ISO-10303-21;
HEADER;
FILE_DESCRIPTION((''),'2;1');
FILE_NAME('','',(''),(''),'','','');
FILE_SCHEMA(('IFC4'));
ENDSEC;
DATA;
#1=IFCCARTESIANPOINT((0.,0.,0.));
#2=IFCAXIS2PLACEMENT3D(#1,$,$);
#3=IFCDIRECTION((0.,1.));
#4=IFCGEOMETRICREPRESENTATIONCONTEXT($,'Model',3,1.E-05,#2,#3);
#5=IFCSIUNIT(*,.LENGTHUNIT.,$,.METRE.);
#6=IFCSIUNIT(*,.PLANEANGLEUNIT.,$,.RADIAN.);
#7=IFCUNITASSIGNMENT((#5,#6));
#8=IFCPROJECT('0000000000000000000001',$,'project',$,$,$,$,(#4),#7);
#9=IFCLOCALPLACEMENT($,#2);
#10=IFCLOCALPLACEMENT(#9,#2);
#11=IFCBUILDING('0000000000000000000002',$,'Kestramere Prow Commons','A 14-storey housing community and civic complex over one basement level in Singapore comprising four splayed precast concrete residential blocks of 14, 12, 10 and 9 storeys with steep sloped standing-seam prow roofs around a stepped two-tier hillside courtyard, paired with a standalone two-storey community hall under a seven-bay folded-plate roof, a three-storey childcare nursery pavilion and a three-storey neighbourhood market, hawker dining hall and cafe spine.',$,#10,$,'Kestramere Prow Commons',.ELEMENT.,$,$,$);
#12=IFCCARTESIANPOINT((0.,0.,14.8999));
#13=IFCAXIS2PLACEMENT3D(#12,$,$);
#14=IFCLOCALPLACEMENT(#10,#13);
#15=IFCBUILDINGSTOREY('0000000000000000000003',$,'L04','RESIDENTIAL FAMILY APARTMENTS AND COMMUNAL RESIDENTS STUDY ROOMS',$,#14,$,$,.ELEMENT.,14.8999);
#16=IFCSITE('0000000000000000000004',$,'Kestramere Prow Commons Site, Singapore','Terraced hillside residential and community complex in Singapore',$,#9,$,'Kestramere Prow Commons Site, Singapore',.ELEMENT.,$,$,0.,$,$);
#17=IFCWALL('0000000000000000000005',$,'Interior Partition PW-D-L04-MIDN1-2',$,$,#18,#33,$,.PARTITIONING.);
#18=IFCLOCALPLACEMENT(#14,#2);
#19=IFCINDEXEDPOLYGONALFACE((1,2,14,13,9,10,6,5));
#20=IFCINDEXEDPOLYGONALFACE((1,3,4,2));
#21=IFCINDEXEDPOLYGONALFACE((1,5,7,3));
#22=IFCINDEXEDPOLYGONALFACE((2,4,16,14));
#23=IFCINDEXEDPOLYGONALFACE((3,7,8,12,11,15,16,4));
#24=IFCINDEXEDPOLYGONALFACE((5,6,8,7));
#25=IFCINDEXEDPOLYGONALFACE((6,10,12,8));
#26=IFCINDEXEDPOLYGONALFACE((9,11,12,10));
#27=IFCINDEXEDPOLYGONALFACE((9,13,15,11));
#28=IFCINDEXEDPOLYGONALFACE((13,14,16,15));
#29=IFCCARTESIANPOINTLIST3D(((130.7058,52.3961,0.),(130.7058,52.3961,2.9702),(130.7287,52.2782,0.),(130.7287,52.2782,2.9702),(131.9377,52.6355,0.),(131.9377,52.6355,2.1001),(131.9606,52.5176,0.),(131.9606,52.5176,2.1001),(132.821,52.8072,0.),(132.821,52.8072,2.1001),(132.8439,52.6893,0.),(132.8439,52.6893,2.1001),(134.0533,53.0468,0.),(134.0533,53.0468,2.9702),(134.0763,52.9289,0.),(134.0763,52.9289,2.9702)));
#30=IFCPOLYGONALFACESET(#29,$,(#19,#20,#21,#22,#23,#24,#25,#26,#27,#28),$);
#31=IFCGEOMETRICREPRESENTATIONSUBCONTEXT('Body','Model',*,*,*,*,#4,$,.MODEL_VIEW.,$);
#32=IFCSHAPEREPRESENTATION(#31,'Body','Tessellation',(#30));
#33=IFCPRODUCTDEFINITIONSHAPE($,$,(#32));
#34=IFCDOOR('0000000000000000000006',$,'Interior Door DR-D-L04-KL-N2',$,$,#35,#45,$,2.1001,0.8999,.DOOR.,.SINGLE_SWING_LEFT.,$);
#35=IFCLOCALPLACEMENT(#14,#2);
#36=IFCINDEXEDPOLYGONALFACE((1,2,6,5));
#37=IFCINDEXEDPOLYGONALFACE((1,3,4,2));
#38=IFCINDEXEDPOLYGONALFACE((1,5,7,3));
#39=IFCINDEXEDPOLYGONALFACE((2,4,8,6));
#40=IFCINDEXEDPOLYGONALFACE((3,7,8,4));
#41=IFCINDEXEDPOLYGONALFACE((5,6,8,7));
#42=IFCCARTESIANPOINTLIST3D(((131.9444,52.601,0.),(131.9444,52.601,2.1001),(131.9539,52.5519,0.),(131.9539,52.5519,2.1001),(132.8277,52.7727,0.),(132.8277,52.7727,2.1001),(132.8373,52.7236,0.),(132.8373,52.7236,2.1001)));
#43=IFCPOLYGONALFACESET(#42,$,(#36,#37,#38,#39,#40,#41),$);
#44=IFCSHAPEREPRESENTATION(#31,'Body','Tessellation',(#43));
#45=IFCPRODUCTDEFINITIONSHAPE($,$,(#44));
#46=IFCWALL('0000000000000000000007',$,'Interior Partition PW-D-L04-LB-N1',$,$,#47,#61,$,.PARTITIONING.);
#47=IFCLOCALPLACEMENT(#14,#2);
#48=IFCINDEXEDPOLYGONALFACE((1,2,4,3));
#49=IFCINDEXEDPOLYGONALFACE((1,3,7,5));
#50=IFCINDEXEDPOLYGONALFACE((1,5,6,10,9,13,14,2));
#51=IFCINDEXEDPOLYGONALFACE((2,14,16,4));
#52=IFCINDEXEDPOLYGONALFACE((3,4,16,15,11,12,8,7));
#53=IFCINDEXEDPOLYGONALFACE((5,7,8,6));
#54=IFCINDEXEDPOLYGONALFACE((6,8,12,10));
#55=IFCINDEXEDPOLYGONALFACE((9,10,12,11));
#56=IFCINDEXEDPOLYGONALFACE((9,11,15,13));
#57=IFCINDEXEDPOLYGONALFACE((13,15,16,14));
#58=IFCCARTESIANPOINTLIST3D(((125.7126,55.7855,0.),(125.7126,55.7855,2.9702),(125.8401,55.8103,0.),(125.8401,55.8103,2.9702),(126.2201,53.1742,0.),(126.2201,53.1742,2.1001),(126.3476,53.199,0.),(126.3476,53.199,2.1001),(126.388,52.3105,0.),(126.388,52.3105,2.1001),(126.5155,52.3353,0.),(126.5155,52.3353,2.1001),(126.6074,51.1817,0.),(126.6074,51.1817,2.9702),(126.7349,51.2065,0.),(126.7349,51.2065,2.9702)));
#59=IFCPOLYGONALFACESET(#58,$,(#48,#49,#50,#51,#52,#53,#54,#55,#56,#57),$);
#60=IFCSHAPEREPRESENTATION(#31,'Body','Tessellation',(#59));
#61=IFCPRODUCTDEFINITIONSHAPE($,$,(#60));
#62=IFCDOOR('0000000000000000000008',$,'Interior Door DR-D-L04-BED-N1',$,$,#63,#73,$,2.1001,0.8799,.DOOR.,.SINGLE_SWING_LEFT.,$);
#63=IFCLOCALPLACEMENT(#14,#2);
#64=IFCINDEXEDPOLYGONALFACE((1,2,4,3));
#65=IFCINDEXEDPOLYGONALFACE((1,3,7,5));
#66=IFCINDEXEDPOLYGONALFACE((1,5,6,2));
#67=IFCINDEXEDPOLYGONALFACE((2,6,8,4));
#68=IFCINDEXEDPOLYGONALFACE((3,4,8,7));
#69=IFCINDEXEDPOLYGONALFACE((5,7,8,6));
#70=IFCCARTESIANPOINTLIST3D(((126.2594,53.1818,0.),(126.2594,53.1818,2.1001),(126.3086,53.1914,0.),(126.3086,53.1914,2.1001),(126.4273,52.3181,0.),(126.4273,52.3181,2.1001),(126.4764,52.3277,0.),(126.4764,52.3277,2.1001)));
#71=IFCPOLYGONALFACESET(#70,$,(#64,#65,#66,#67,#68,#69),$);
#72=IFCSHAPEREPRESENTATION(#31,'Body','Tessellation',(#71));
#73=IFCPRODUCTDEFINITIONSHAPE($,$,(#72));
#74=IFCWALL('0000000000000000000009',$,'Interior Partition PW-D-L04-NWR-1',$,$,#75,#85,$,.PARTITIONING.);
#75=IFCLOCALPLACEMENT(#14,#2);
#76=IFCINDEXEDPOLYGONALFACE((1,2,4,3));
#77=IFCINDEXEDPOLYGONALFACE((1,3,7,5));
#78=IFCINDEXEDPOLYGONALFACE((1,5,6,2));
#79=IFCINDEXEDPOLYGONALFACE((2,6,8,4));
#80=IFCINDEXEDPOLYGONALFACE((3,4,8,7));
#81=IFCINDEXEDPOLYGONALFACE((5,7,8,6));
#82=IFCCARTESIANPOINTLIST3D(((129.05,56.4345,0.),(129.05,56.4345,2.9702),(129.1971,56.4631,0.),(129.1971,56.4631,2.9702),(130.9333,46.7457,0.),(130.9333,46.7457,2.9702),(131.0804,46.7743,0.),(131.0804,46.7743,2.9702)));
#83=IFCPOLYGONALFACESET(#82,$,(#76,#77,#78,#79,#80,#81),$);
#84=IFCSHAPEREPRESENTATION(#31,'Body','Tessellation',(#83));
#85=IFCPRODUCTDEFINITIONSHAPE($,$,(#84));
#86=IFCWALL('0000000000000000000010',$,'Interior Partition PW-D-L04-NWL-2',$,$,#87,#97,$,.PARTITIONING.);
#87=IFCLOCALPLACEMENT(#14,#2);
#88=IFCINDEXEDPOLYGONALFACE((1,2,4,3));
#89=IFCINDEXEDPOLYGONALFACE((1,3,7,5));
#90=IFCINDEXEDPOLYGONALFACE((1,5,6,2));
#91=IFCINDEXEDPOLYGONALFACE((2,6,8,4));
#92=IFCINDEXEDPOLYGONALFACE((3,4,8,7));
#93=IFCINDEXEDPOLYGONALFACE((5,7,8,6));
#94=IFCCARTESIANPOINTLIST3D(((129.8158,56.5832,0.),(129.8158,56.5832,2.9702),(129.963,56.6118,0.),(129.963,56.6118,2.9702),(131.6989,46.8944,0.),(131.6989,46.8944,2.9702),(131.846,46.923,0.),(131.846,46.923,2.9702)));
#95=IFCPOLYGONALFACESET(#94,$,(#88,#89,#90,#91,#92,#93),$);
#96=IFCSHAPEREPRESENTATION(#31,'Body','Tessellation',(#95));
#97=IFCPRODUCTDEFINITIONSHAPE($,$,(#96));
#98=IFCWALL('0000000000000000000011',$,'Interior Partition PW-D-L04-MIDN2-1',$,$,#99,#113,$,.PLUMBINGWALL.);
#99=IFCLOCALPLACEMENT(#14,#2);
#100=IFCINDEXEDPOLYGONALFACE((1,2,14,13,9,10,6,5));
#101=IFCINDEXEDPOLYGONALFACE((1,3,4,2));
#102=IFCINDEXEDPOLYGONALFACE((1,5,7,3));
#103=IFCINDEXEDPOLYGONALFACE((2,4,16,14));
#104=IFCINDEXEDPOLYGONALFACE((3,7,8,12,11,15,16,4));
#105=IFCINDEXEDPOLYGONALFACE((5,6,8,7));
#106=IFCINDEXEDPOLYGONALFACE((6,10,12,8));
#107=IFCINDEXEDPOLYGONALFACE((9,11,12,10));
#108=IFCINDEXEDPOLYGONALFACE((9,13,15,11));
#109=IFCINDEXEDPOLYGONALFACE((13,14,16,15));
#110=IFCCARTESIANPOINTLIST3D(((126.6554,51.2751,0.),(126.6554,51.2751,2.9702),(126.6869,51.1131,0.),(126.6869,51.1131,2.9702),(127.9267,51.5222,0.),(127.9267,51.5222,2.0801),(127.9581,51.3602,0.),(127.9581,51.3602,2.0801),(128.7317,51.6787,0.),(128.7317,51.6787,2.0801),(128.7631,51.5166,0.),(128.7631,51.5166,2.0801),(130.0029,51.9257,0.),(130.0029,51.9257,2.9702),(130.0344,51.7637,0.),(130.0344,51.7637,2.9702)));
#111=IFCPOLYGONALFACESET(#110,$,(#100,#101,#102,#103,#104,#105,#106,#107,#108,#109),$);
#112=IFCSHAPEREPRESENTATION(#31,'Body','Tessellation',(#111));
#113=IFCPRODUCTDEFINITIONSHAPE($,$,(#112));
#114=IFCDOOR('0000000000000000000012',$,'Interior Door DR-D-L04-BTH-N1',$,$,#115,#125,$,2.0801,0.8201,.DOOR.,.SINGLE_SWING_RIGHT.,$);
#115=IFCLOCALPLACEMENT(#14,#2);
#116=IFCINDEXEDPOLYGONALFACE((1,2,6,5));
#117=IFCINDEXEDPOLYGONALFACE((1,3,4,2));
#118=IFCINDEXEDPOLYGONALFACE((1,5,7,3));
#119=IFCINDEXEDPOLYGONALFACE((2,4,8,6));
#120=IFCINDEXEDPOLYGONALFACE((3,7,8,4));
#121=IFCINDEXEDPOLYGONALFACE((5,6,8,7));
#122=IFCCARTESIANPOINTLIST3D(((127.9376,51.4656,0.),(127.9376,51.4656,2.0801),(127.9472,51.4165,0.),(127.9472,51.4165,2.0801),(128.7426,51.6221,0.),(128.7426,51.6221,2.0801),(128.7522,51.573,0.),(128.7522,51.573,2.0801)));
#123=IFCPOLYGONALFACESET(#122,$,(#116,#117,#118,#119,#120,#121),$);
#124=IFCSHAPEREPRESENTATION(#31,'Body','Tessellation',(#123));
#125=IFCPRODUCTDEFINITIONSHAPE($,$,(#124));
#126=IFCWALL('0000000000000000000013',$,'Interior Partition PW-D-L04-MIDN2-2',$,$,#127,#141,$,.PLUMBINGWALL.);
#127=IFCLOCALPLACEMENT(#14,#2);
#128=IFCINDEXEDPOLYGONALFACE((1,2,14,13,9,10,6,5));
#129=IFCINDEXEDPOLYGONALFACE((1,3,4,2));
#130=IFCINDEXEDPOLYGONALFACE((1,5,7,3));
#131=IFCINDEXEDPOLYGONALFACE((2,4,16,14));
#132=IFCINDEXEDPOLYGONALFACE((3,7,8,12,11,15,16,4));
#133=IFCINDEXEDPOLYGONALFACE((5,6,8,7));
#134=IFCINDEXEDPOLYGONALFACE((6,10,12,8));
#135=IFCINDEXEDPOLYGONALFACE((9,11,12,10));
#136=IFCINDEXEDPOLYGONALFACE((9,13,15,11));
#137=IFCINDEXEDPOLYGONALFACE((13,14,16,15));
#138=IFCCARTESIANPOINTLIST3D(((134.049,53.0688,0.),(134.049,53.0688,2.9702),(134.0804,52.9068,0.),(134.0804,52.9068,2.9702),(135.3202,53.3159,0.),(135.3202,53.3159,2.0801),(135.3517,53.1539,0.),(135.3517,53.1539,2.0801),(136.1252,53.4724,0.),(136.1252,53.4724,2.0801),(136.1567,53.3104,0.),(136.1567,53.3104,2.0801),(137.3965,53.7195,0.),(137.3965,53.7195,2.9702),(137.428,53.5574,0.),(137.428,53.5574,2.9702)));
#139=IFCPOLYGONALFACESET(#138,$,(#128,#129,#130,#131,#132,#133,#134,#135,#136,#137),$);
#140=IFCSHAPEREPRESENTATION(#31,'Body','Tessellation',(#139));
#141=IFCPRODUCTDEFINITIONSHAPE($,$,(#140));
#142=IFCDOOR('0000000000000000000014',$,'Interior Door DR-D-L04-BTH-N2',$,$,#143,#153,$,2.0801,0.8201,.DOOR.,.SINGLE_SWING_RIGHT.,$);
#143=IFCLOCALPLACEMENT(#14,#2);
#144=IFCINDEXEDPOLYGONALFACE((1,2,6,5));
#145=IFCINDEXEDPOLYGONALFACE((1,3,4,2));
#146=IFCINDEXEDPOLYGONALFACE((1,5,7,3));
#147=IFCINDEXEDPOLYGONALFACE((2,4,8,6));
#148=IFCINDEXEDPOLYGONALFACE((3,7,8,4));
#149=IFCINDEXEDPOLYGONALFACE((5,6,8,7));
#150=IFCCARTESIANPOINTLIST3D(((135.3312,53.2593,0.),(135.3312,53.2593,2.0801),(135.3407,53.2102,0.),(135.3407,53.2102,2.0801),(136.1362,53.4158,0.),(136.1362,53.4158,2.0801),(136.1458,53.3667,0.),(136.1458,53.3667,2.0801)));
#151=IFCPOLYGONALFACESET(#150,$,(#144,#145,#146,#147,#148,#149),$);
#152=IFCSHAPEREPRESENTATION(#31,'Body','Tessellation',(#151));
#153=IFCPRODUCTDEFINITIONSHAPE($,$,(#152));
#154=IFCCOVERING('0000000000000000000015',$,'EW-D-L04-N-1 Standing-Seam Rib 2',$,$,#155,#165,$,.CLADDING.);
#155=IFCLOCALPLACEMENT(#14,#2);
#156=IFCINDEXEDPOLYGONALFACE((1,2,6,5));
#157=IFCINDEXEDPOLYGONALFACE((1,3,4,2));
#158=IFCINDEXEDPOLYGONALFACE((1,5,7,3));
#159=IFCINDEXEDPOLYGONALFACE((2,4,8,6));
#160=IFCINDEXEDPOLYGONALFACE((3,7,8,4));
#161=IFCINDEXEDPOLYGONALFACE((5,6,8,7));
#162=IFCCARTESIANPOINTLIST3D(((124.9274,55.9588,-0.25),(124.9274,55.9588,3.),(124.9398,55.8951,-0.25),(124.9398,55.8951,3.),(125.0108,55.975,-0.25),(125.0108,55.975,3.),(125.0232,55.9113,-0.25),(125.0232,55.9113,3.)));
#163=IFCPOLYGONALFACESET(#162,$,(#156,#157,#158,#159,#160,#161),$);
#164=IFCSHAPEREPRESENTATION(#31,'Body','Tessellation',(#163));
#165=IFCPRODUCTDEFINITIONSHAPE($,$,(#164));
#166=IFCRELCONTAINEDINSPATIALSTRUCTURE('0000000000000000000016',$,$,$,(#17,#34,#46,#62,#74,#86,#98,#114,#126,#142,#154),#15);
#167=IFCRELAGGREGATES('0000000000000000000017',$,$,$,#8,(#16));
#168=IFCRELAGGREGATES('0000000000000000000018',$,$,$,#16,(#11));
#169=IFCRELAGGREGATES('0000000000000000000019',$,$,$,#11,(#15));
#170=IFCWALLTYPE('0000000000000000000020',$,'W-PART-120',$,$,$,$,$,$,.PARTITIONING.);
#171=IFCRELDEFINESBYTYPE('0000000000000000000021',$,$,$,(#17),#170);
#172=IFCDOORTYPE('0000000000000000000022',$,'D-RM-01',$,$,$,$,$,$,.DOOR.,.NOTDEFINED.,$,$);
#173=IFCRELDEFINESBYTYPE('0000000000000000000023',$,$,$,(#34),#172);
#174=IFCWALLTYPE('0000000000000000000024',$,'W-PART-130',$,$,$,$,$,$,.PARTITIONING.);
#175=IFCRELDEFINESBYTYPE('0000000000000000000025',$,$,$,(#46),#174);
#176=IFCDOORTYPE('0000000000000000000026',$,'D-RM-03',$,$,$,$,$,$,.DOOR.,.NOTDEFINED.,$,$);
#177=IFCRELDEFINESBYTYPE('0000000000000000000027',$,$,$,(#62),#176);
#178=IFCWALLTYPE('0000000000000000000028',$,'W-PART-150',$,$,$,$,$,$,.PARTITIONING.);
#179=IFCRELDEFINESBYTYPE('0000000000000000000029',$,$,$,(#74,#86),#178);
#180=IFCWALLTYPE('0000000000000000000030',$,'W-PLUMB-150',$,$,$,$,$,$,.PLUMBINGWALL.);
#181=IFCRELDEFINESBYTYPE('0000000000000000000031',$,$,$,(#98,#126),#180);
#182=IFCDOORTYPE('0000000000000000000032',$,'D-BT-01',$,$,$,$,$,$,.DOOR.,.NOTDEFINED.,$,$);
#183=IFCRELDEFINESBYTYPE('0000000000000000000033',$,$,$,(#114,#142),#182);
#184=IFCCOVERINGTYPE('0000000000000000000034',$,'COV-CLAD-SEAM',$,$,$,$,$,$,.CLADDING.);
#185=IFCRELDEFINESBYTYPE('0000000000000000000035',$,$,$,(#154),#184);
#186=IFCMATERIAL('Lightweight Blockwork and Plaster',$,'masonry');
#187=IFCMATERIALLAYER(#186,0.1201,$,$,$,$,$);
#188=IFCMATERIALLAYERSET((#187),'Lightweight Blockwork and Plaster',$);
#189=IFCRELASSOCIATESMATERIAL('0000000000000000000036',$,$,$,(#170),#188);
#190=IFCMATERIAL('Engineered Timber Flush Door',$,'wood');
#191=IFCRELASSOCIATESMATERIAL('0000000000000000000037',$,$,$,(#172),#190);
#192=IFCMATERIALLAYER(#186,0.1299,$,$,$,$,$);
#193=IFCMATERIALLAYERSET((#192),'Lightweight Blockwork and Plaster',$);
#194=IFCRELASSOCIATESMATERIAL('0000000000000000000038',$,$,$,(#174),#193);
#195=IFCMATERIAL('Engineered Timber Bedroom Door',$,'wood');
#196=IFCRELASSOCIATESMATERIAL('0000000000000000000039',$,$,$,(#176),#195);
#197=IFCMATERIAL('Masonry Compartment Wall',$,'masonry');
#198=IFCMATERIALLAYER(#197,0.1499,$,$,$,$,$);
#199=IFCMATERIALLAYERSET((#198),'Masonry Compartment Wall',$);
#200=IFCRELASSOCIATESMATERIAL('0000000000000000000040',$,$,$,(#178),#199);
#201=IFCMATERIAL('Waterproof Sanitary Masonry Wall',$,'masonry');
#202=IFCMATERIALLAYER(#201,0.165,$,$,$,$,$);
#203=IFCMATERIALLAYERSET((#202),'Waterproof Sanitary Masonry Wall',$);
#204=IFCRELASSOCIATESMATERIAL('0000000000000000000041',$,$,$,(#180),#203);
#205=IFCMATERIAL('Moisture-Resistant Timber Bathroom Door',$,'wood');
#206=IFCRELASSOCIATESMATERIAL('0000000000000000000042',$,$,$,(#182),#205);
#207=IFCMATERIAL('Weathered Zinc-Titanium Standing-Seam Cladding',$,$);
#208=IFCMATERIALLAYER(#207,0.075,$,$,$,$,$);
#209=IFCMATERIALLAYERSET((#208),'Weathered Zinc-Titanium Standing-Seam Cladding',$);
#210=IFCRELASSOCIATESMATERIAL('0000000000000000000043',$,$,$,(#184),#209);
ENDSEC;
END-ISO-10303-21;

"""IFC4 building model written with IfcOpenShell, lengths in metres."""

from ifc_helpers import new_model, si_unit, direction, frame, frame_2d, origin, origin_2d, place, context, subcontext, project, spatial, rectangle, extrude, material, layer, layer_set, type_object, element, fill, save


model = new_model("IFC4")

# Units and contexts
model_context = context("Model", 3, precision=1e-05, world=origin(), true_north=direction((0.0, 1.0)))
body_context = subcontext(model_context, "Body", "Model", "MODEL_VIEW")
ifc_project = project(units=[si_unit("LENGTHUNIT", "METRE"), si_unit("PLANEANGLEUNIT", "RADIAN")], contexts=[model_context])

# Site, building, storey
site_placement = place(None, origin())
site = spatial("IfcSite", under=ifc_project, at=site_placement, Name="Kestramere Prow Commons Site, Singapore", Description="Terraced hillside residential and community complex in Singapore", LongName="Kestramere Prow Commons Site, Singapore", CompositionType="ELEMENT", RefElevation=0.0)
building_placement = place(site_placement, origin())
building = spatial("IfcBuilding", under=site, at=building_placement, Name="Kestramere Prow Commons", Description="A 14-storey housing community and civic complex over one basement level in Singapore comprising four splayed precast concrete residential blocks of 14, 12, 10 and 9 storeys with steep sloped standing-seam prow roofs around a stepped two-tier hillside courtyard, paired with a standalone two-storey community hall under a seven-bay folded-plate roof, a three-storey childcare nursery pavilion and a three-storey neighbourhood market, hawker dining hall and cafe spine.", LongName="Kestramere Prow Commons", CompositionType="ELEMENT")
storey_placement = place(building_placement, frame((0.0, 0.0, 14.8999)))
storey = spatial("IfcBuildingStorey", under=building, at=storey_placement, Name="L04", Description="RESIDENTIAL FAMILY APARTMENTS AND COMMUNAL RESIDENTS STUDY ROOMS", CompositionType="ELEMENT", Elevation=14.8999)

# Walls, openings, doors
ifc_material_1 = material(Name="Lightweight Blockwork and Plaster", Category="masonry")
ifc_layer_1 = layer(ifc_material_1, 0.1201)
ifc_layer_set_1 = layer_set([ifc_layer_1], Name="Lightweight Blockwork and Plaster")
wall_type_1 = type_object("IfcWallType", Name="W-PART-120", PredefinedType="PARTITIONING", material=ifc_layer_set_1)
wall_1_placement = place(storey_placement, frame((130.7173, 52.3372, 0.0), z_axis=(0.0, 0.0, 1.0), x_axis=(0.981629, 0.190799, 0.0)))
wall_1 = element("IfcWall", 1, at=wall_1_placement, inside=storey, type_object=wall_type_1, Name="Interior Partition PW-D-L04-MIDN1-2", PredefinedType="PARTITIONING", context=body_context, shape_type="SweptSolid", body=[
    extrude(rectangle(XDim=3.4102, YDim=0.1201, at=frame_2d((1.7051, 0.0))), origin(), (0.0, 0.0, 1.0), 2.9702),
])
opening_1_placement = place(wall_1_placement, frame((1.2549, 0.0, 0.0)))
opening_1 = element("IfcOpeningElement", 2, at=opening_1_placement, cuts=wall_1, PredefinedType="OPENING", context=body_context, shape_type="SweptSolid", body=[
    extrude(rectangle(XDim=0.8999, YDim=2.1001, at=frame_2d((0.45, 1.05))), frame((0.0, 0.075, 0.0), z_axis=(0.0, -1.0, 0.0), x_axis=(1.0, 0.0, 0.0)), (0.0, 0.0, 1.0), 0.1501),
])
ifc_material_2 = material(Name="Engineered Timber Flush Door", Category="wood")
door_type_1 = type_object("IfcDoorType", Name="D-RM-01", OperationType="NOTDEFINED", PredefinedType="DOOR", material=ifc_material_2)
door_1_placement = place(opening_1_placement, origin())
door_1 = element("IfcDoor", 3, at=door_1_placement, inside=storey, type_object=door_type_1, Name="Interior Door DR-D-L04-KL-N2", OperationType="SINGLE_SWING_LEFT", OverallHeight=2.1001, OverallWidth=0.8999, PredefinedType="DOOR", context=body_context, shape_type="SweptSolid", body=[
    extrude(rectangle(XDim=0.8999, YDim=2.1001, at=frame_2d((0.45, 1.05))), frame((0.0, 0.0249, 0.0), z_axis=(0.0, -1.0, 0.0), x_axis=(1.0, 0.0, 0.0)), (0.0, 0.0, 1.0), 0.05),
])
fill(opening_1, door_1)
ifc_layer_2 = layer(ifc_material_1, 0.1299)
ifc_layer_set_2 = layer_set([ifc_layer_2], Name="Lightweight Blockwork and Plaster")
wall_type_2 = type_object("IfcWallType", Name="W-PART-130", PredefinedType="PARTITIONING", material=ifc_layer_set_2)
wall_2_placement = place(storey_placement, frame((126.6711, 51.1941, 0.0), z_axis=(0.0, 0.0, 1.0), x_axis=(-0.190787, 0.981631, 0.0)))
wall_2 = element("IfcWall", 4, at=wall_2_placement, inside=storey, type_object=wall_type_2, Name="Interior Partition PW-D-L04-LB-N1", PredefinedType="PARTITIONING", context=body_context, shape_type="SweptSolid", body=[
    extrude(rectangle(XDim=4.6899, YDim=0.1299, at=frame_2d((2.345, 0.0))), origin(), (0.0, 0.0, 1.0), 2.9702),
])
opening_2_placement = place(wall_2_placement, frame((1.1499, 0.0, 0.0)))
opening_2 = element("IfcOpeningElement", 5, at=opening_2_placement, cuts=wall_2, PredefinedType="OPENING", context=body_context, shape_type="SweptSolid", body=[
    extrude(rectangle(XDim=0.8799, YDim=2.1001, at=frame_2d((0.4399, 1.05))), frame((0.0, 0.0798, 0.0), z_axis=(0.0, -1.0, 0.0), x_axis=(1.0, 0.0, 0.0)), (0.0, 0.0, 1.0), 0.1599),
])
ifc_material_3 = material(Name="Engineered Timber Bedroom Door", Category="wood")
door_type_2 = type_object("IfcDoorType", Name="D-RM-03", OperationType="NOTDEFINED", PredefinedType="DOOR", material=ifc_material_3)
door_2_placement = place(opening_2_placement, origin())
door_2 = element("IfcDoor", 6, at=door_2_placement, inside=storey, type_object=door_type_2, Name="Interior Door DR-D-L04-BED-N1", OperationType="SINGLE_SWING_LEFT", OverallHeight=2.1001, OverallWidth=0.8799, PredefinedType="DOOR", context=body_context, shape_type="SweptSolid", body=[
    extrude(rectangle(XDim=0.8799, YDim=2.1001, at=frame_2d((0.4399, 1.05))), frame((0.0, 0.0249, 0.0), z_axis=(0.0, -1.0, 0.0), x_axis=(1.0, 0.0, 0.0)), (0.0, 0.0, 1.0), 0.05),
])
fill(opening_2, door_2)

# Walls
ifc_material_4 = material(Name="Masonry Compartment Wall", Category="masonry")
ifc_layer_3 = layer(ifc_material_4, 0.1499)
ifc_layer_set_3 = layer_set([ifc_layer_3], Name="Masonry Compartment Wall")
wall_type_3 = type_object("IfcWallType", Name="W-PART-150", PredefinedType="PARTITIONING", material=ifc_layer_set_3)
for number, where, z_axis, x_axis, name in (
    (7, (131.0068, 46.76, 0.0), (0.0, 0.0, 1.0), (-0.190809, 0.981627, 0.0), "Interior Partition PW-D-L04-NWR-1"),
    (8, (131.7725, 46.9087, 0.0), (0.0, 0.0, 1.0), (-0.190786, 0.981632, 0.0), "Interior Partition PW-D-L04-NWL-2"),
):
    element("IfcWall", number, at=place(storey_placement, frame(where, z_axis=z_axis, x_axis=x_axis)), inside=storey, type_object=wall_type_3, Name=name, PredefinedType="PARTITIONING", context=body_context, shape_type="SweptSolid", body=[
        extrude(rectangle(XDim=9.8701, YDim=0.1499, at=frame_2d((4.9351, 0.0))), origin(), (0.0, 0.0, 1.0), 2.9702),
    ])

# Walls, openings, doors
ifc_material_5 = material(Name="Waterproof Sanitary Masonry Wall", Category="masonry")
ifc_layer_4 = layer(ifc_material_5, 0.165)
ifc_layer_set_4 = layer_set([ifc_layer_4], Name="Waterproof Sanitary Masonry Wall")
wall_type_4 = type_object("IfcWallType", Name="W-PLUMB-150", PredefinedType="PLUMBINGWALL", material=ifc_layer_set_4)
wall_3_placement = place(storey_placement, frame((126.6711, 51.1941, 0.0), z_axis=(0.0, 0.0, 1.0), x_axis=(0.981629, 0.190799, 0.0)))
wall_3 = element("IfcWall", 9, at=wall_3_placement, inside=storey, type_object=wall_type_4, Name="Interior Partition PW-D-L04-MIDN2-1", PredefinedType="PLUMBINGWALL", context=body_context, shape_type="SweptSolid", body=[
    extrude(rectangle(XDim=3.4102, YDim=0.165, at=frame_2d((1.7051, 0.0))), origin(), (0.0, 0.0, 1.0), 2.9702),
])
opening_3_placement = place(wall_3_placement, frame((1.2949, 0.0, 0.0)))
opening_3 = element("IfcOpeningElement", 10, at=opening_3_placement, cuts=wall_3, PredefinedType="OPENING", context=body_context, shape_type="SweptSolid", body=[
    extrude(rectangle(XDim=0.8201, YDim=2.0801, at=frame_2d((0.4102, 1.04))), frame((0.0, 0.0974, 0.0), z_axis=(0.0, -1.0, 0.0), x_axis=(1.0, 0.0, 0.0)), (0.0, 0.0, 1.0), 0.1951),
])
ifc_material_6 = material(Name="Moisture-Resistant Timber Bathroom Door", Category="wood")
door_type_3 = type_object("IfcDoorType", Name="D-BT-01", OperationType="NOTDEFINED", PredefinedType="DOOR", material=ifc_material_6)
door_3_placement = place(opening_3_placement, origin())
door_3 = element("IfcDoor", 11, at=door_3_placement, inside=storey, type_object=door_type_3, Name="Interior Door DR-D-L04-BTH-N1", OperationType="SINGLE_SWING_RIGHT", OverallHeight=2.0801, OverallWidth=0.8201, PredefinedType="DOOR", context=body_context, shape_type="SweptSolid", body=[
    extrude(rectangle(XDim=0.8201, YDim=2.0801, at=frame_2d((0.4102, 1.04))), frame((0.0, 0.0249, 0.0), z_axis=(0.0, -1.0, 0.0), x_axis=(1.0, 0.0, 0.0)), (0.0, 0.0, 1.0), 0.05),
])
fill(opening_3, door_3)
wall_4_placement = place(storey_placement, frame((134.0647, 52.9878, 0.0), z_axis=(0.0, 0.0, 1.0), x_axis=(0.981629, 0.190799, 0.0)))
wall_4 = element("IfcWall", 12, at=wall_4_placement, inside=storey, type_object=wall_type_4, Name="Interior Partition PW-D-L04-MIDN2-2", PredefinedType="PLUMBINGWALL", context=body_context, shape_type="SweptSolid", body=[
    extrude(rectangle(XDim=3.4102, YDim=0.165, at=frame_2d((1.7051, 0.0))), origin(), (0.0, 0.0, 1.0), 2.9702),
])
opening_4_placement = place(wall_4_placement, frame((1.2949, 0.0, 0.0)))
opening_4 = element("IfcOpeningElement", 13, at=opening_4_placement, cuts=wall_4, PredefinedType="OPENING", context=body_context, shape_type="SweptSolid", body=[
    extrude(rectangle(XDim=0.8201, YDim=2.0801, at=frame_2d((0.4102, 1.04))), frame((0.0, 0.0974, 0.0), z_axis=(0.0, -1.0, 0.0), x_axis=(1.0, 0.0, 0.0)), (0.0, 0.0, 1.0), 0.1951),
])
door_4_placement = place(opening_4_placement, origin())
door_4 = element("IfcDoor", 14, at=door_4_placement, inside=storey, type_object=door_type_3, Name="Interior Door DR-D-L04-BTH-N2", OperationType="SINGLE_SWING_RIGHT", OverallHeight=2.0801, OverallWidth=0.8201, PredefinedType="DOOR", context=body_context, shape_type="SweptSolid", body=[
    extrude(rectangle(XDim=0.8201, YDim=2.0801, at=frame_2d((0.4102, 1.04))), frame((0.0, 0.0249, 0.0), z_axis=(0.0, -1.0, 0.0), x_axis=(1.0, 0.0, 0.0)), (0.0, 0.0, 1.0), 0.05),
])
fill(opening_4, door_4)

# Covering
ifc_material_7 = material(Name="Weathered Zinc-Titanium Standing-Seam Cladding")
ifc_layer_5 = layer(ifc_material_7, 0.075)
ifc_layer_set_5 = layer_set([ifc_layer_5], Name="Weathered Zinc-Titanium Standing-Seam Cladding")
covering_type = type_object("IfcCoveringType", Name="COV-CLAD-SEAM", PredefinedType="CLADDING", material=ifc_layer_set_5)
for number, where, z_axis, x_axis, name in (
    (15, (124.9753, 55.9351, -0.25), (0.0, 0.0, 1.0), (0.981627, 0.190809, 0.0), "EW-D-L04-N-1 Standing-Seam Rib 2"),
):
    element("IfcCovering", number, at=place(storey_placement, frame(where, z_axis=z_axis, x_axis=x_axis)), inside=storey, type_object=covering_type, Name=name, PredefinedType="CLADDING", context=body_context, shape_type="SweptSolid", body=[
        extrude(rectangle(XDim=0.085, YDim=0.0649, at=origin_2d()), origin(), (0.0, 0.0, 1.0), 3.25),
    ])

save(model, "model.ifc")
